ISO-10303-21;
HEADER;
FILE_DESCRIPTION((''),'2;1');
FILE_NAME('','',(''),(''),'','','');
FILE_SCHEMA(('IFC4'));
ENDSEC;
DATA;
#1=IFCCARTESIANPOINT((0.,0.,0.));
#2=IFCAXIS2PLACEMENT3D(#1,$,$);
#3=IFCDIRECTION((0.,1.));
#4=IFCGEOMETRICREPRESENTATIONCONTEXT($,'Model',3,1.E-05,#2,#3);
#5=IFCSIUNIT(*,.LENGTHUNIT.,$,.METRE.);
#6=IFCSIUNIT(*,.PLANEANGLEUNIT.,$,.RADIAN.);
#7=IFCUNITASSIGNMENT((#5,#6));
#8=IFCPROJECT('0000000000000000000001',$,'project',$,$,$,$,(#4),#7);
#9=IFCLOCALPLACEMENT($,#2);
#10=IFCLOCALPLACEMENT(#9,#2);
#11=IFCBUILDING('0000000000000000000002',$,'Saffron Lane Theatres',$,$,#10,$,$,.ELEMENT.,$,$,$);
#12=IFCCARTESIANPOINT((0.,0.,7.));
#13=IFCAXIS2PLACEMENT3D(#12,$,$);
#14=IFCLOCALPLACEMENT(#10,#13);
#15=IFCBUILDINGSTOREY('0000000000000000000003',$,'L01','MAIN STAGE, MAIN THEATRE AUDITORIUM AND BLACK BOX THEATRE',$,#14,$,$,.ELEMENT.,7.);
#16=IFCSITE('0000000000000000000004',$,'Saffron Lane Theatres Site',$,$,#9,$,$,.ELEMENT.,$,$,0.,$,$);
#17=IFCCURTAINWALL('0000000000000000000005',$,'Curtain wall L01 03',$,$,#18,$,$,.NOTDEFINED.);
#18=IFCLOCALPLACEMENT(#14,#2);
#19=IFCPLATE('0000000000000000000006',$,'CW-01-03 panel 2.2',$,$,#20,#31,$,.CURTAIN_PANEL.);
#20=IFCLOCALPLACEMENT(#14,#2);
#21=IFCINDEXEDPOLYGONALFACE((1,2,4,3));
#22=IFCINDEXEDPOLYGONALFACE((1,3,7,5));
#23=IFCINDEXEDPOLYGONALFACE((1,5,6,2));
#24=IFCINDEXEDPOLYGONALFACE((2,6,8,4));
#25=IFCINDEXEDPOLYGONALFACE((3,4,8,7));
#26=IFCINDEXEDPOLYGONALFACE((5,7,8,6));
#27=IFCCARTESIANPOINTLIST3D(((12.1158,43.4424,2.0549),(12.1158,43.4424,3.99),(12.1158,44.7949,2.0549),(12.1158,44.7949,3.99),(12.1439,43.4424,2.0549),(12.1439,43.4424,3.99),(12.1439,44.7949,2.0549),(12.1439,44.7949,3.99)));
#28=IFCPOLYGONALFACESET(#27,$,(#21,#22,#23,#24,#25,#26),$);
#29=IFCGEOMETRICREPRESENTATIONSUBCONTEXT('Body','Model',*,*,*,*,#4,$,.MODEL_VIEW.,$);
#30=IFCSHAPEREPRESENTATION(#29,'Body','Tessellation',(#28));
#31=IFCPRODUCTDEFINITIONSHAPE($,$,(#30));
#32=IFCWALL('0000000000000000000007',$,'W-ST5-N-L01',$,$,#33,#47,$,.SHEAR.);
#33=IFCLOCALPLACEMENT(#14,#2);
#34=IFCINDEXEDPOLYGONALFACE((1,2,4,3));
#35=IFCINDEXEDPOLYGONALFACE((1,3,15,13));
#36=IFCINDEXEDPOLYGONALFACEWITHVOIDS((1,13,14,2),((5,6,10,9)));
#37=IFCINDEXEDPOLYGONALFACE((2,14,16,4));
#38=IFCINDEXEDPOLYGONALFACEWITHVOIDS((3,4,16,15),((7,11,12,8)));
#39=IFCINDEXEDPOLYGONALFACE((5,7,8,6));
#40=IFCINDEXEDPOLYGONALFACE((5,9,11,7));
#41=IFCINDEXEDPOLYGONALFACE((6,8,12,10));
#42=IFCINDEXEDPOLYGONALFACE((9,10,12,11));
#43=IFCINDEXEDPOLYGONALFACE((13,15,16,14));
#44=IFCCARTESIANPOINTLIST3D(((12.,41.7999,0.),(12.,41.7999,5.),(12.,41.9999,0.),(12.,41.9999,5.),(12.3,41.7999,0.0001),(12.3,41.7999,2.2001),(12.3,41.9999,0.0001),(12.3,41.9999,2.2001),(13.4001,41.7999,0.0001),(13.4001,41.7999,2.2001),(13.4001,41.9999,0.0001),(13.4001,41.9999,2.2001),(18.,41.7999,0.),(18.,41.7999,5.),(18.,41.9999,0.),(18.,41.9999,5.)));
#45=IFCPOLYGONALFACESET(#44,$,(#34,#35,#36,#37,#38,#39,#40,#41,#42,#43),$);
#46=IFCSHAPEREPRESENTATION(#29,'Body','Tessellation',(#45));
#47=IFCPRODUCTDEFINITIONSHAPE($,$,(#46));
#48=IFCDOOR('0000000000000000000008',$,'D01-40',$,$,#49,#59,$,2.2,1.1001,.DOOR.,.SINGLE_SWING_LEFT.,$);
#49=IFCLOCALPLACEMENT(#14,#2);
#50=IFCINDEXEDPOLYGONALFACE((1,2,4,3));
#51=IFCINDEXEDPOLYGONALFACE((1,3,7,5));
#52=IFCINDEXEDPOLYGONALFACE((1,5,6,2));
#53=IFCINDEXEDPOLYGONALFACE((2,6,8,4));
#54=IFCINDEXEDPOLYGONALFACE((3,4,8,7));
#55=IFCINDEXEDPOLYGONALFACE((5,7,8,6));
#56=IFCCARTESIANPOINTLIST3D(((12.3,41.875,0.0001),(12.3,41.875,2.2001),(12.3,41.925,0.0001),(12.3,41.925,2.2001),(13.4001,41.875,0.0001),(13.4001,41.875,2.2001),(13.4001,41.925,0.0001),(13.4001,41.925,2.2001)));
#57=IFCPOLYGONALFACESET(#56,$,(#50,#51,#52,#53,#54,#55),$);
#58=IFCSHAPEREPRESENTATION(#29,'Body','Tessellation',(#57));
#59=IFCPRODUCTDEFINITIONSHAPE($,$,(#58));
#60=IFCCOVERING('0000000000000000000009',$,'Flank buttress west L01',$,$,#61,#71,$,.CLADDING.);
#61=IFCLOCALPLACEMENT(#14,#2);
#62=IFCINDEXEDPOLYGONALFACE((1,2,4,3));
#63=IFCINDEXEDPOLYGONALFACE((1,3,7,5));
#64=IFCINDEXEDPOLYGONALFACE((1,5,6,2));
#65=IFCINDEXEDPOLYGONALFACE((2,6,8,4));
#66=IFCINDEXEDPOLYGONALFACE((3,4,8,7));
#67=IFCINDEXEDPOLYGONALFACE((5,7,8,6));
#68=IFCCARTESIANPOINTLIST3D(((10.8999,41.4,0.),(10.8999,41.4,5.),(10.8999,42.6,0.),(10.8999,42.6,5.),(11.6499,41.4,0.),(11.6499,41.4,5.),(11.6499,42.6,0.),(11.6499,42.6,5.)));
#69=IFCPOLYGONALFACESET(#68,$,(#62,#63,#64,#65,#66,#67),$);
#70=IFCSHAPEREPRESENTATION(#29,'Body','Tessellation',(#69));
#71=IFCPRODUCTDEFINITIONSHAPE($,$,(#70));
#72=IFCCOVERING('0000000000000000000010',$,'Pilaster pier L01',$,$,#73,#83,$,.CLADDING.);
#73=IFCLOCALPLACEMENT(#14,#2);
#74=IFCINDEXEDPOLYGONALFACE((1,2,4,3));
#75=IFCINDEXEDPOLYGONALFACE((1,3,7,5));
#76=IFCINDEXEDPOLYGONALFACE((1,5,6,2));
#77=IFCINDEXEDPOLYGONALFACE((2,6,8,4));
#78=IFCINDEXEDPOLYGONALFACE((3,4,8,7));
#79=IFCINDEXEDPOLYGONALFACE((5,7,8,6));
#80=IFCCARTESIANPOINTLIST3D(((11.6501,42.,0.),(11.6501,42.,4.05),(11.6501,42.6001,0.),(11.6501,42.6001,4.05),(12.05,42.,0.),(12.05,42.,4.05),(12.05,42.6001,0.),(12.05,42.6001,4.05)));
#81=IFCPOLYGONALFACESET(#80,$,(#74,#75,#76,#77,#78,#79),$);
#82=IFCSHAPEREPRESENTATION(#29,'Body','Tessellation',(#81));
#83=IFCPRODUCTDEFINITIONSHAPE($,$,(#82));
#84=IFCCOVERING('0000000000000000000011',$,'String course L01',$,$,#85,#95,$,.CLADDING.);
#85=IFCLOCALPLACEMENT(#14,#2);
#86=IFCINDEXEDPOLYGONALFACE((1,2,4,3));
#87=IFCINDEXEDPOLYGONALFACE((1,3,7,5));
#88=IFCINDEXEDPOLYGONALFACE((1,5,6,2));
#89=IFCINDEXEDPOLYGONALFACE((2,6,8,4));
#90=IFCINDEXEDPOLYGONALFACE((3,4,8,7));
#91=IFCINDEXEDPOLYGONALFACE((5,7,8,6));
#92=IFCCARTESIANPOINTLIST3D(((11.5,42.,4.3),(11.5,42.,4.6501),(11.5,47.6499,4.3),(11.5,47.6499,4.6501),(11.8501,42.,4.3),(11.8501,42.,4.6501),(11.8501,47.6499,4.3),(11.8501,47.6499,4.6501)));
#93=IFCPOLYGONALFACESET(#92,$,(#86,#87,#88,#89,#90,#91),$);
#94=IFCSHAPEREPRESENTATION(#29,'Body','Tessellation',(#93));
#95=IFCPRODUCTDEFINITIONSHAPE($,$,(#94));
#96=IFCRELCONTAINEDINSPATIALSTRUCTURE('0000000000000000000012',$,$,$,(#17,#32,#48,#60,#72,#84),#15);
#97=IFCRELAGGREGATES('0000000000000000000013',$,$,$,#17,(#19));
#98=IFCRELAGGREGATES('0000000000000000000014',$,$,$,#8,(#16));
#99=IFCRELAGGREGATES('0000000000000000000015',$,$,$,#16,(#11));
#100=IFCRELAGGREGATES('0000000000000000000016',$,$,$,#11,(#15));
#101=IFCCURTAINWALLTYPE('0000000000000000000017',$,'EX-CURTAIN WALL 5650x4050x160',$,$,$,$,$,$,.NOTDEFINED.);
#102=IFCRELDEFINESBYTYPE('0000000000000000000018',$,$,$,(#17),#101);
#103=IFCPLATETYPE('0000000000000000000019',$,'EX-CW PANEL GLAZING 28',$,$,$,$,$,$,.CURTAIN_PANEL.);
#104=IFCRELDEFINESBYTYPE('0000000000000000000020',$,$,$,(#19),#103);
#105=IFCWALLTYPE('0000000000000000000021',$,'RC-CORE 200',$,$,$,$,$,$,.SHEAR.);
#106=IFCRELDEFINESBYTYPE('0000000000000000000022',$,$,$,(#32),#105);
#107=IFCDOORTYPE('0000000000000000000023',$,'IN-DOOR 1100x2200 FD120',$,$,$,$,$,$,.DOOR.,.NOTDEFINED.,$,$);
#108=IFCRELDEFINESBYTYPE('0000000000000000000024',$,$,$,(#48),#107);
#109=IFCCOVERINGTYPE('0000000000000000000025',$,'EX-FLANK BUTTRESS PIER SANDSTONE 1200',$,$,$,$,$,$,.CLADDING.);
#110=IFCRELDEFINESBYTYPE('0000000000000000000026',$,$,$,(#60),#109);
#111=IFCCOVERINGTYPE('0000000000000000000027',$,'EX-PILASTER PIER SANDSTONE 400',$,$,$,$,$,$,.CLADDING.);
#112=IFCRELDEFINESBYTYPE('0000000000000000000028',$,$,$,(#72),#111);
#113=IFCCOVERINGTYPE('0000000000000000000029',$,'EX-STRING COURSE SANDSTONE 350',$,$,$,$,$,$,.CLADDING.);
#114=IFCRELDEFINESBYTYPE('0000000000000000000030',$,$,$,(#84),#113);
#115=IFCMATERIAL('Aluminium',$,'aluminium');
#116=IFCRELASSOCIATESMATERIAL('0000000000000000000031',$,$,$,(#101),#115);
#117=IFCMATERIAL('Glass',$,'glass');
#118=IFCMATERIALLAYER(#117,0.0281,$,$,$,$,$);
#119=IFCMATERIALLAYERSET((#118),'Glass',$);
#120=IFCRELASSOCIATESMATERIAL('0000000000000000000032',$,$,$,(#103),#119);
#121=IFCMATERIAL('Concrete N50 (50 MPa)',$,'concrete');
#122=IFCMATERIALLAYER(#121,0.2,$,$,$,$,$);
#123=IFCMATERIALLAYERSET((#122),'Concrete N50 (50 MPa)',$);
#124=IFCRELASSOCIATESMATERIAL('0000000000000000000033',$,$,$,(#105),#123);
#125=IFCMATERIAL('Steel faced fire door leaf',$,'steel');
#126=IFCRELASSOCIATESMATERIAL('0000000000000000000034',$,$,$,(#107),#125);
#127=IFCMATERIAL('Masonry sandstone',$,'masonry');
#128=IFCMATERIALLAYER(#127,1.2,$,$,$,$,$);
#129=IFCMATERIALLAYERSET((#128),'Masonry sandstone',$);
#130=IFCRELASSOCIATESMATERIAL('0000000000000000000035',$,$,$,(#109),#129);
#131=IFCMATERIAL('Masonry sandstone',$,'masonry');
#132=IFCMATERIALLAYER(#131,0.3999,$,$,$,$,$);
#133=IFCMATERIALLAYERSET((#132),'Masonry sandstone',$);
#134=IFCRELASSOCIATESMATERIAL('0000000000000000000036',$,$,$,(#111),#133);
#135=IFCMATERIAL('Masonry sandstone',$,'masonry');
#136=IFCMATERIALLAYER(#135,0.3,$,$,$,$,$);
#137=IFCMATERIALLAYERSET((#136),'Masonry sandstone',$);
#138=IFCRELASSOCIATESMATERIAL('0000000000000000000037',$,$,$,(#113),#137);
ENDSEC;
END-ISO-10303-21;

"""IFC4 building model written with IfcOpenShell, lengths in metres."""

from ifc_helpers import new_model, si_unit, direction, frame, frame_2d, origin, origin_2d, place, context, subcontext, project, spatial, rectangle, extrude, material, layer, layer_set, type_object, element, fill, aggregate, save


model = new_model("IFC4")

# Units and contexts
model_context = context("Model", 3, precision=1e-05, world=origin(), true_north=direction((0.0, 1.0)))
body_context = subcontext(model_context, "Body", "Model", "MODEL_VIEW")
ifc_project = project(units=[si_unit("LENGTHUNIT", "METRE"), si_unit("PLANEANGLEUNIT", "RADIAN")], contexts=[model_context])

# Site, building, storey
site_placement = place(None, origin())
site = spatial("IfcSite", under=ifc_project, at=site_placement, Name="Saffron Lane Theatres Site", CompositionType="ELEMENT", RefElevation=0.0)
building_placement = place(site_placement, origin())
building = spatial("IfcBuilding", under=site, at=building_placement, Name="Saffron Lane Theatres", CompositionType="ELEMENT")
storey_placement = place(building_placement, frame((0.0, 0.0, 7.0)))
storey = spatial("IfcBuildingStorey", under=building, at=storey_placement, Name="L01", Description="MAIN STAGE, MAIN THEATRE AUDITORIUM AND BLACK BOX THEATRE", CompositionType="ELEMENT", Elevation=7.0)

# Curtain wall
ifc_material_1 = material(Name="Aluminium", Category="aluminium")
curtain_wall_type = type_object("IfcCurtainWallType", Name="EX-CURTAIN WALL 5650x4050x160", PredefinedType="NOTDEFINED", material=ifc_material_1)
curtain_wall_placement = place(storey_placement, origin())
curtain_wall = element("IfcCurtainWall", 1, at=curtain_wall_placement, inside=storey, type_object=curtain_wall_type, Name="Curtain wall L01 03", PredefinedType="NOTDEFINED")

# Plate
ifc_material_2 = material(Name="Glass", Category="glass")
ifc_layer_1 = layer(ifc_material_2, 0.0281)
ifc_layer_set_1 = layer_set([ifc_layer_1], Name="Glass")
plate_type = type_object("IfcPlateType", Name="EX-CW PANEL GLAZING 28", PredefinedType="CURTAIN_PANEL", material=ifc_layer_set_1)
plate_1_placement = place(storey_placement, frame((12.1299, 44.1187, 2.0549), z_axis=(0.0, 0.0, 1.0), x_axis=(0.0, 1.0, 0.0)))
plate_1 = element("IfcPlate", 2, at=plate_1_placement, type_object=plate_type, Name="CW-01-03 panel 2.2", PredefinedType="CURTAIN_PANEL", context=body_context, shape_type="SweptSolid", body=[
    extrude(rectangle(XDim=1.3525, YDim=0.0281, at=origin_2d()), origin(), (0.0, 0.0, 1.0), 1.9351),
])
aggregate(curtain_wall, [plate_1])

# Wall, opening, door
ifc_material_3 = material(Name="Concrete N50 (50 MPa)", Category="concrete")
ifc_layer_2 = layer(ifc_material_3, 0.2)
ifc_layer_set_2 = layer_set([ifc_layer_2], Name="Concrete N50 (50 MPa)")
wall_type = type_object("IfcWallType", Name="RC-CORE 200", PredefinedType="SHEAR", material=ifc_layer_set_2)
wall_placement = place(storey_placement, frame((12.0, 41.8999, 0.0), z_axis=(0.0, 0.0, 1.0), x_axis=(1.0, 0.0, 0.0)))
wall = element("IfcWall", 3, at=wall_placement, inside=storey, type_object=wall_type, Name="W-ST5-N-L01", PredefinedType="SHEAR", context=body_context, shape_type="SweptSolid", body=[
    extrude(rectangle(XDim=6.0, YDim=0.2, at=frame_2d((3.0, 0.0))), origin(), (0.0, 0.0, 1.0), 5.0),
])
opening_placement = place(wall_placement, frame((0.3, 0.0, 0.0)))
opening = element("IfcOpeningElement", 4, at=opening_placement, cuts=wall, PredefinedType="OPENING", context=body_context, shape_type="SweptSolid", body=[
    extrude(rectangle(XDim=1.1001, YDim=2.2, at=frame_2d((0.55, 1.1001))), frame((0.0, 0.1099, 0.0), z_axis=(0.0, -1.0, 0.0), x_axis=(1.0, 0.0, 0.0)), (0.0, 0.0, 1.0), 0.22),
])
ifc_material_4 = material(Name="Steel faced fire door leaf", Category="steel")
door_type = type_object("IfcDoorType", Name="IN-DOOR 1100x2200 FD120", OperationType="NOTDEFINED", PredefinedType="DOOR", material=ifc_material_4)
door_placement = place(opening_placement, frame((1.1001, 0.0, 0.0), z_axis=(0.0, 0.0, 1.0), x_axis=(-1.0, 0.0, 0.0)))
door = element("IfcDoor", 5, at=door_placement, inside=storey, type_object=door_type, Name="D01-40", OperationType="SINGLE_SWING_LEFT", OverallHeight=2.2, OverallWidth=1.1001, PredefinedType="DOOR", context=body_context, shape_type="SweptSolid", body=[
    extrude(rectangle(XDim=1.1001, YDim=2.2, at=frame_2d((0.55, 1.1001))), frame((0.0, 0.0249, 0.0), z_axis=(0.0, -1.0, 0.0), x_axis=(1.0, 0.0, 0.0)), (0.0, 0.0, 1.0), 0.05),
])
fill(opening, door)

# Coverings
ifc_material_5 = material(Name="Masonry sandstone", Category="masonry")
ifc_layer_3 = layer(ifc_material_5, 1.2)
ifc_layer_set_3 = layer_set([ifc_layer_3], Name="Masonry sandstone")
covering_type_1 = type_object("IfcCoveringType", Name="EX-FLANK BUTTRESS PIER SANDSTONE 1200", PredefinedType="CLADDING", material=ifc_layer_set_3)
covering_1_placement = place(storey_placement, frame((11.2749, 42.0, 0.0), z_axis=(0.0, 0.0, 1.0), x_axis=(0.0, 1.0, 0.0)))
element("IfcCovering", 6, at=covering_1_placement, inside=storey, type_object=covering_type_1, Name="Flank buttress west L01", PredefinedType="CLADDING", context=body_context, shape_type="SweptSolid", body=[
    extrude(rectangle(XDim=1.2, YDim=0.75, at=origin_2d()), origin(), (0.0, 0.0, 1.0), 5.0),
])
ifc_material_6 = material(Name="Masonry sandstone", Category="masonry")
ifc_layer_4 = layer(ifc_material_6, 0.3999)
ifc_layer_set_4 = layer_set([ifc_layer_4], Name="Masonry sandstone")
covering_type_2 = type_object("IfcCoveringType", Name="EX-PILASTER PIER SANDSTONE 400", PredefinedType="CLADDING", material=ifc_layer_set_4)
covering_2_placement = place(storey_placement, frame((11.8501, 42.3, 0.0), z_axis=(0.0, 0.0, 1.0), x_axis=(0.0, 1.0, 0.0)))
element("IfcCovering", 7, at=covering_2_placement, inside=storey, type_object=covering_type_2, Name="Pilaster pier L01", PredefinedType="CLADDING", context=body_context, shape_type="SweptSolid", body=[
    extrude(rectangle(XDim=0.6001, YDim=0.3999, at=origin_2d()), origin(), (0.0, 0.0, 1.0), 4.05),
])
ifc_material_7 = material(Name="Masonry sandstone", Category="masonry")
ifc_layer_5 = layer(ifc_material_7, 0.3)
ifc_layer_set_5 = layer_set([ifc_layer_5], Name="Masonry sandstone")
covering_type_3 = type_object("IfcCoveringType", Name="EX-STRING COURSE SANDSTONE 350", PredefinedType="CLADDING", material=ifc_layer_set_5)
covering_3_placement = place(storey_placement, frame((11.675, 44.825, 4.3), z_axis=(0.0, 0.0, 1.0), x_axis=(0.0, 1.0, 0.0)))
element("IfcCovering", 8, at=covering_3_placement, inside=storey, type_object=covering_type_3, Name="String course L01", PredefinedType="CLADDING", context=body_context, shape_type="SweptSolid", body=[
    extrude(rectangle(XDim=5.6499, YDim=0.3501, at=origin_2d()), origin(), (0.0, 0.0, 1.0), 0.3501),
])

save(model, "model.ifc")
